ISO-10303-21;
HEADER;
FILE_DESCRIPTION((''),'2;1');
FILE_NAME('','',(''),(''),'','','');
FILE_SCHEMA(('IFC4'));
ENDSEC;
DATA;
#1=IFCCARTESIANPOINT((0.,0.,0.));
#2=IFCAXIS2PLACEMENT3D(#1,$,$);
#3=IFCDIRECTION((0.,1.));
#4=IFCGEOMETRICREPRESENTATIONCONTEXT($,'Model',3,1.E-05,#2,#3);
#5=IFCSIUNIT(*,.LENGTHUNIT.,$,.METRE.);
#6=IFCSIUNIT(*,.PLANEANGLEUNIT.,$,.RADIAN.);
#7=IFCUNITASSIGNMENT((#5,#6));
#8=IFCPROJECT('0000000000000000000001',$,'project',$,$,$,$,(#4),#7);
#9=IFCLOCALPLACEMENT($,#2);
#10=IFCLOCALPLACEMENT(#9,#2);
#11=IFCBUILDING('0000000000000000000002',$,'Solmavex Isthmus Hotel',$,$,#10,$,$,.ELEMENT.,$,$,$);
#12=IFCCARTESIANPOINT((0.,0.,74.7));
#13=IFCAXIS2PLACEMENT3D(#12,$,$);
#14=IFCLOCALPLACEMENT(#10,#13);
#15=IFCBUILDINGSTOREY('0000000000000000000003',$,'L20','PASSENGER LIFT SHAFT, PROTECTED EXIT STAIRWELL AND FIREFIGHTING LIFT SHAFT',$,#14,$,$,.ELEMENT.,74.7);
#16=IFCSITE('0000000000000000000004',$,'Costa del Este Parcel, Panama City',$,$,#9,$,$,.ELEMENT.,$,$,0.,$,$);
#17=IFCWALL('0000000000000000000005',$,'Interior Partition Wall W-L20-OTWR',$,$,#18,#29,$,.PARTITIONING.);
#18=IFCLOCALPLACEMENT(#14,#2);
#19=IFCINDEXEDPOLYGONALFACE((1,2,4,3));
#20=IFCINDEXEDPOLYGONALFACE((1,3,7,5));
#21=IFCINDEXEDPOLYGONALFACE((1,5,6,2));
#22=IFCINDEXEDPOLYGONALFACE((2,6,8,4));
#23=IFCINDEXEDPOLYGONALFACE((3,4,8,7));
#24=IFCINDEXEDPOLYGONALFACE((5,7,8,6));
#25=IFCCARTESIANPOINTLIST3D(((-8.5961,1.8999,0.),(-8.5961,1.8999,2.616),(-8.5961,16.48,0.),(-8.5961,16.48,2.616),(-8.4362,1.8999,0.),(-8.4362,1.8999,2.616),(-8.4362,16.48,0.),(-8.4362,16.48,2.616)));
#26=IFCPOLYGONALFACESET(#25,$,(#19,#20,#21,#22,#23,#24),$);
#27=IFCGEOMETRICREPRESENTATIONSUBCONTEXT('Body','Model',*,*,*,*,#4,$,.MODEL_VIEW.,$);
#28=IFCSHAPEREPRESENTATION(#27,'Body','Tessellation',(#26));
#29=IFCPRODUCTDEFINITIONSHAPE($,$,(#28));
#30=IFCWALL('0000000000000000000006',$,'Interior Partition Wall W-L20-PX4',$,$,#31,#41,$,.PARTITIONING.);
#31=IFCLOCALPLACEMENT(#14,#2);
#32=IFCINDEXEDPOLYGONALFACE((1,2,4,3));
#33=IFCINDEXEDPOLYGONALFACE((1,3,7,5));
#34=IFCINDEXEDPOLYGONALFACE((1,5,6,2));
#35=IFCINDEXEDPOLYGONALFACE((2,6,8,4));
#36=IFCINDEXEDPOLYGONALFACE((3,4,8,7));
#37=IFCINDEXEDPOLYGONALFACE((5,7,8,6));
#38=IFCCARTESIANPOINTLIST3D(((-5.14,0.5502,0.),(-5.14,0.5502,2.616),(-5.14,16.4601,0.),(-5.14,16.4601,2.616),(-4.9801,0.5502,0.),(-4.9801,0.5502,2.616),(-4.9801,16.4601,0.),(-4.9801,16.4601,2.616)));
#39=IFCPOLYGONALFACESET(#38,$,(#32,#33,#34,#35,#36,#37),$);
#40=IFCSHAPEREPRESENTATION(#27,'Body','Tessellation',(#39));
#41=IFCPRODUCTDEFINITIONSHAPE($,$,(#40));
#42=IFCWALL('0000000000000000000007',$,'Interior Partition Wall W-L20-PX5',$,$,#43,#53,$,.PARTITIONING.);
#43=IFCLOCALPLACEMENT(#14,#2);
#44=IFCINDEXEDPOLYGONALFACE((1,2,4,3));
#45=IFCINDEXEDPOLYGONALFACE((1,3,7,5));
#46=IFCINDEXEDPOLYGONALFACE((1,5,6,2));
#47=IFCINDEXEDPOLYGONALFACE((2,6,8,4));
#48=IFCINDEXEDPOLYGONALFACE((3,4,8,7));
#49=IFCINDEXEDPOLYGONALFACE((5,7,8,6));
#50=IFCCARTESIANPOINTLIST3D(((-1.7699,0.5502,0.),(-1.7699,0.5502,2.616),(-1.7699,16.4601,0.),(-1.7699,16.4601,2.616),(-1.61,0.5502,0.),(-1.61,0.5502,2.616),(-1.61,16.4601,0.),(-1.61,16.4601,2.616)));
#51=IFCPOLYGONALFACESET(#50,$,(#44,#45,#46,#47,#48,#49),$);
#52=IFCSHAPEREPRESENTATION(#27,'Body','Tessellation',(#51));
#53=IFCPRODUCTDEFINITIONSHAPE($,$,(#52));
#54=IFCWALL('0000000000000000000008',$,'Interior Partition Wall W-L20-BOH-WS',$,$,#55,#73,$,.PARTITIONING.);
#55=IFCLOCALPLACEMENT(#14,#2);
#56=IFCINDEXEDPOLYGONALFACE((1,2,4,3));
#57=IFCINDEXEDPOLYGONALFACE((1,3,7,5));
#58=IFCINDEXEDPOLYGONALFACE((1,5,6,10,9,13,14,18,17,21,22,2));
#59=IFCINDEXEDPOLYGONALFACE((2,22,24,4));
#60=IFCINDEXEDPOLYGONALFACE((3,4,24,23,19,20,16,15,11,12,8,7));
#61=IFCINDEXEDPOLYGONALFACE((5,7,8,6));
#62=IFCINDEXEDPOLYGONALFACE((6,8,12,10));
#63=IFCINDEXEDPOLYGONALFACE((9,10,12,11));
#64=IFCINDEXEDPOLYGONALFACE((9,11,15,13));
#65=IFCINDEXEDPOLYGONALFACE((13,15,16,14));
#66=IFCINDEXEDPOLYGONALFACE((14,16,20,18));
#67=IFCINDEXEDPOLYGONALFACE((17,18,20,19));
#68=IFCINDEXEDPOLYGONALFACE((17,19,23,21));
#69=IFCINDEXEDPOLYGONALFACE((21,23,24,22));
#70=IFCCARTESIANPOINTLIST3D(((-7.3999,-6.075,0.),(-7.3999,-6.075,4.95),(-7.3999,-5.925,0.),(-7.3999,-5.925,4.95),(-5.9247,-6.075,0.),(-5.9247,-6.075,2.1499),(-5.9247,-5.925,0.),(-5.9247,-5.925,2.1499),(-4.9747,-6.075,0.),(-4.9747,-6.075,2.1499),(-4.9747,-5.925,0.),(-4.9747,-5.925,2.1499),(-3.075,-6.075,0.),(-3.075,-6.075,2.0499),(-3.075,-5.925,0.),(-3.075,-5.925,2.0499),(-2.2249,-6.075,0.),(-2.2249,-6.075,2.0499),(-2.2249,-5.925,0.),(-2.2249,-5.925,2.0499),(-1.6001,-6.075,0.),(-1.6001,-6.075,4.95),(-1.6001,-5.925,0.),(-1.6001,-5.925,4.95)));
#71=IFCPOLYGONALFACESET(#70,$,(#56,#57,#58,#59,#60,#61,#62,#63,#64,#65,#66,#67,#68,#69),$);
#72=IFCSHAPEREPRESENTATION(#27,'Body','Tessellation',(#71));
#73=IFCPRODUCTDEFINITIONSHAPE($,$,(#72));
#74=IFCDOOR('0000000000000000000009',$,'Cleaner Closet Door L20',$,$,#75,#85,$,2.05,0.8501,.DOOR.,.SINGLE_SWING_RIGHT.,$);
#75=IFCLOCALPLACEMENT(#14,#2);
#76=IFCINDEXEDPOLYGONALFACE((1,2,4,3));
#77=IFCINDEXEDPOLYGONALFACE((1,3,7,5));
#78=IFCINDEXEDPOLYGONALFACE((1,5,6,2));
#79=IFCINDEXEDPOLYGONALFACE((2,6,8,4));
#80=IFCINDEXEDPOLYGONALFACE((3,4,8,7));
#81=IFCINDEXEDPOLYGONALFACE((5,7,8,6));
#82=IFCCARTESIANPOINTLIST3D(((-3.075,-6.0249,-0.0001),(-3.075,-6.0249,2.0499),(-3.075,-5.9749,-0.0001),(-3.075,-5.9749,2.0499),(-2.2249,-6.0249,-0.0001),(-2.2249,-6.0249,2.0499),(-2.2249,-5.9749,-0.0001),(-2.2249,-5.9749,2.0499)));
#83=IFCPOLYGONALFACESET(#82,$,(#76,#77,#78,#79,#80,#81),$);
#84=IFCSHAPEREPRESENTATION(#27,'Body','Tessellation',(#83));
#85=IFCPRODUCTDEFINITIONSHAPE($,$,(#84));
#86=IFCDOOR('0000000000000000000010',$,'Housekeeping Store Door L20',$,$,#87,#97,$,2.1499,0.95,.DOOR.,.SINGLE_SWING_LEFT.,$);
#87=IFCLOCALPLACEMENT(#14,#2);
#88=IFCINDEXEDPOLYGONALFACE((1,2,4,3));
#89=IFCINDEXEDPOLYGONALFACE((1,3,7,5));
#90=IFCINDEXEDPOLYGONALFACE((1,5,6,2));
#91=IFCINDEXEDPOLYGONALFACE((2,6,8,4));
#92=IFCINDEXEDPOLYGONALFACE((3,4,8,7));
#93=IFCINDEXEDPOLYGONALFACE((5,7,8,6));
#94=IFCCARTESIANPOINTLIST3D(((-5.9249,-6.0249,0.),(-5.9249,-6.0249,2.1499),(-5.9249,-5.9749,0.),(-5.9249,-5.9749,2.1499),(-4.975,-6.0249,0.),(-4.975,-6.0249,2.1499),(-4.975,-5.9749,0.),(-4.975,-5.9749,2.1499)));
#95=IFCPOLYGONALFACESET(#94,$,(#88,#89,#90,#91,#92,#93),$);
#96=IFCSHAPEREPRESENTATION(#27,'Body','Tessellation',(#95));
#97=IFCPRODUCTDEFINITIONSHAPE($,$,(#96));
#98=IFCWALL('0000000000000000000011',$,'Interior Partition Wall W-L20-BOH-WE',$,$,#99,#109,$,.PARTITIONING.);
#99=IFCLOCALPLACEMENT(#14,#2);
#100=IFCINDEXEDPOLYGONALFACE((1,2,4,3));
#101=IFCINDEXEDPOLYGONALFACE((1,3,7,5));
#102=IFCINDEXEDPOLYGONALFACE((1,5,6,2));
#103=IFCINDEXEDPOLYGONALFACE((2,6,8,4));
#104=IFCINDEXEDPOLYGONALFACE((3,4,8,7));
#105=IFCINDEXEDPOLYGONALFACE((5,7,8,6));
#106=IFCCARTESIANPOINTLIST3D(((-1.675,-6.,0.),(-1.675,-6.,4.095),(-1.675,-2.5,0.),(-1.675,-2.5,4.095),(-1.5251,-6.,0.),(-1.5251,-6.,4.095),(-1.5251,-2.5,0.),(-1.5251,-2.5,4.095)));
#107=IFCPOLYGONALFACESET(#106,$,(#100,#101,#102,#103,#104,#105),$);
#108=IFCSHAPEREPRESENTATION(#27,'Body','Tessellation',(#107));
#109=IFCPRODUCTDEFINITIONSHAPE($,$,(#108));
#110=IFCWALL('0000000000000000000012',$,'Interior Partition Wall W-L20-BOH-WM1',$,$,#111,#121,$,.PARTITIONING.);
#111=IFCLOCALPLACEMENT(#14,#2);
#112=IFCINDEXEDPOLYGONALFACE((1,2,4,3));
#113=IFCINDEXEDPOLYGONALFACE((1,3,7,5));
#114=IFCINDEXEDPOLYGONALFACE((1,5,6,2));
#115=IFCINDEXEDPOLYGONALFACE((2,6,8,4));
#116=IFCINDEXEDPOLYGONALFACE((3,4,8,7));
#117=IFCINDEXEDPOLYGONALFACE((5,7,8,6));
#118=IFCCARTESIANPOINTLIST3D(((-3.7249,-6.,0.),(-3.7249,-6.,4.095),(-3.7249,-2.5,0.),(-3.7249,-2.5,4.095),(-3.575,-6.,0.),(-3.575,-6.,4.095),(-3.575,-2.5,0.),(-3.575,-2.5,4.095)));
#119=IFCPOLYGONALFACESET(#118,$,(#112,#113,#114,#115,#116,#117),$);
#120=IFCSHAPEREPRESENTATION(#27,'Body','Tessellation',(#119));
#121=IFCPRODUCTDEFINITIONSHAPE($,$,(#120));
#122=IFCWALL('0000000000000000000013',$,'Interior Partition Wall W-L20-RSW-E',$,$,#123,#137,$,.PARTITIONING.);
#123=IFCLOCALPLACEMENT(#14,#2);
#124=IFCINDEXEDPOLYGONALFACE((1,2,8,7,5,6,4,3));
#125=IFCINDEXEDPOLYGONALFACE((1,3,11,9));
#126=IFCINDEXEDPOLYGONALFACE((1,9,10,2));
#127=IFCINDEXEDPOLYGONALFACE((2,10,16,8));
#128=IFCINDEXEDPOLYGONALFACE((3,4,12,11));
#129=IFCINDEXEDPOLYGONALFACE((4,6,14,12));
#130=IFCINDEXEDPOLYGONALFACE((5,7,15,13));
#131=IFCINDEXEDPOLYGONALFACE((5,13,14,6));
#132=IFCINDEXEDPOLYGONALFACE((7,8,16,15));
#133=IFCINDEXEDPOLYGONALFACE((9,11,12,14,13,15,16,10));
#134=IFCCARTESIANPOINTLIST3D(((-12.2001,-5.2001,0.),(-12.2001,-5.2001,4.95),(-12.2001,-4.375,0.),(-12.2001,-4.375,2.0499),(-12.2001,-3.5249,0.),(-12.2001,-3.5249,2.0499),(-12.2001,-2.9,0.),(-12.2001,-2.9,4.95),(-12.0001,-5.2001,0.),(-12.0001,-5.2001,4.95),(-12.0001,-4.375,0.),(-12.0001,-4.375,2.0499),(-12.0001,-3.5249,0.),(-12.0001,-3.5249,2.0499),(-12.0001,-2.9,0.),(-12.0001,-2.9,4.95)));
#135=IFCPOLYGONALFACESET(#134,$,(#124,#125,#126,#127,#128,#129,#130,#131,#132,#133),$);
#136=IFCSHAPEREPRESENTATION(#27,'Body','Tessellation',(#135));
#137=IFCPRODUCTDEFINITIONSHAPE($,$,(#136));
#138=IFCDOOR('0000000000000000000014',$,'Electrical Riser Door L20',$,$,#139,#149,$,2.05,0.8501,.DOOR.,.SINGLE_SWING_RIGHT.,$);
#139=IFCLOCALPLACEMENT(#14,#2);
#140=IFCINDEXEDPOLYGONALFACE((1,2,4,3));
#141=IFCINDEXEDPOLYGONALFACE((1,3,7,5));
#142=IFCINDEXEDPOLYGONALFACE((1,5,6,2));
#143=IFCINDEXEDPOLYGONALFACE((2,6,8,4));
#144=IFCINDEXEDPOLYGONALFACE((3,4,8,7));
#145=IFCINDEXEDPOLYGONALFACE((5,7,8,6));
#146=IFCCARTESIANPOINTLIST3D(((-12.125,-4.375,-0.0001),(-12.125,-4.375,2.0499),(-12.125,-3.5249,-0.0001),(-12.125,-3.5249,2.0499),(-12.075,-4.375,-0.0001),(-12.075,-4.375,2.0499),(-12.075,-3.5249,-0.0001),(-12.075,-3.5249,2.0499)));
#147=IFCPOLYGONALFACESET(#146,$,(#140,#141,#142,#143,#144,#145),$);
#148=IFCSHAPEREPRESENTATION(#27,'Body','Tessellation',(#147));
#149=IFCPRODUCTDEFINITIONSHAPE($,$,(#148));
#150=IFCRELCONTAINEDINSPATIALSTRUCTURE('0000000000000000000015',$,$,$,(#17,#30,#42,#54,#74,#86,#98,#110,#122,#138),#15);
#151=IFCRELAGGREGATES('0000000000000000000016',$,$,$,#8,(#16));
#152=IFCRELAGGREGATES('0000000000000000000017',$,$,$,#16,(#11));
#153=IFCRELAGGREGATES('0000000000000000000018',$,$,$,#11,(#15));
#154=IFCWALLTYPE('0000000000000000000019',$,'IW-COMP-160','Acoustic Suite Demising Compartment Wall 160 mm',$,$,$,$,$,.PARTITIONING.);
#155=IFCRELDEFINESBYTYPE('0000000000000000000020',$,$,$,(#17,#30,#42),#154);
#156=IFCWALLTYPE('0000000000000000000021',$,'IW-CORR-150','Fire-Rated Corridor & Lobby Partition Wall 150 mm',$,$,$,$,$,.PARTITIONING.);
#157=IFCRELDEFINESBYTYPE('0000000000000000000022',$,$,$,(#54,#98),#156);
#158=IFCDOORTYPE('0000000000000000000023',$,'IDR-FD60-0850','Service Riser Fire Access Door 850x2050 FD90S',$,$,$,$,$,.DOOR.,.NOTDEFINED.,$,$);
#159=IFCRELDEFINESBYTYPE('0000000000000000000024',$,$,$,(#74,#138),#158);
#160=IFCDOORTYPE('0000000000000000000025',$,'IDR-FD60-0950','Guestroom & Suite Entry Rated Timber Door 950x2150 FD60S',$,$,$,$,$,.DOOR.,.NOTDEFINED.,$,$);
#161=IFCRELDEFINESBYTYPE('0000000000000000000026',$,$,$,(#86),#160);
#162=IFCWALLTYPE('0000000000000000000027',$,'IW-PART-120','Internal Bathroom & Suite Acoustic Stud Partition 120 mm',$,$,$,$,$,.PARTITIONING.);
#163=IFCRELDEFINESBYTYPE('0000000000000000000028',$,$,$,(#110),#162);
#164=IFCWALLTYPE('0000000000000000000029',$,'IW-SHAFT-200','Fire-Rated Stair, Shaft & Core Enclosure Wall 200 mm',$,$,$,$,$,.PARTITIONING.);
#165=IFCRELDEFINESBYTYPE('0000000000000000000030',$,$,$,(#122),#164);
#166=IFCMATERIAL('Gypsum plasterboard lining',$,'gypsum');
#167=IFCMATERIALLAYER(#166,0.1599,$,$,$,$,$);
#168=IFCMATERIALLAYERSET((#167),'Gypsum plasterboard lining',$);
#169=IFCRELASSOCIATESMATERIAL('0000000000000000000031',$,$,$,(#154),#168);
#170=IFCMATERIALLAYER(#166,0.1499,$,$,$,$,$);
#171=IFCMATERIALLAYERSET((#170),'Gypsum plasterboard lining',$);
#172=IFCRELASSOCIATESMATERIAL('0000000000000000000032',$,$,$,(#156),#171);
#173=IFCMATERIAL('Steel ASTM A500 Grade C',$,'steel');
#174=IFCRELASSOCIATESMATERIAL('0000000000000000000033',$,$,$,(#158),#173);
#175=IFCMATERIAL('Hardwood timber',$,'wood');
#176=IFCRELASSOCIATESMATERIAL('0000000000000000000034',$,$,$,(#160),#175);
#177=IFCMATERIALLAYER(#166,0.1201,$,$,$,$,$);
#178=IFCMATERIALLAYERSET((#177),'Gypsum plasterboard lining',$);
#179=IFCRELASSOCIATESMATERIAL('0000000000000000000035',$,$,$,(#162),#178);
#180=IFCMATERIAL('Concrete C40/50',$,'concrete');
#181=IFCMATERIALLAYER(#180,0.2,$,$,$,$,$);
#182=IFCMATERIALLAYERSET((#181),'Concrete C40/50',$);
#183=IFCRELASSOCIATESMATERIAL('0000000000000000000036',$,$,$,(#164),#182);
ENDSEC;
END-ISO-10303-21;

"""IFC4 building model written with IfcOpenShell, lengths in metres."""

from ifc_helpers import new_model, si_unit, direction, frame, frame_2d, origin, place, context, subcontext, project, spatial, rectangle, extrude, material, layer, layer_set, type_object, element, fill, save


model = new_model("IFC4")

# Units and contexts
model_context = context("Model", 3, precision=1e-05, world=origin(), true_north=direction((0.0, 1.0)))
body_context = subcontext(model_context, "Body", "Model", "MODEL_VIEW")
ifc_project = project(units=[si_unit("LENGTHUNIT", "METRE"), si_unit("PLANEANGLEUNIT", "RADIAN")], contexts=[model_context])

# Site, building, storey
site_placement = place(None, origin())
site = spatial("IfcSite", under=ifc_project, at=site_placement, Name="Costa del Este Parcel, Panama City", CompositionType="ELEMENT", RefElevation=0.0)
building_placement = place(site_placement, origin())
building = spatial("IfcBuilding", under=site, at=building_placement, Name="Solmavex Isthmus Hotel", CompositionType="ELEMENT")
storey_placement = place(building_placement, frame((0.0, 0.0, 74.7)))
storey = spatial("IfcBuildingStorey", under=building, at=storey_placement, Name="L20", Description="PASSENGER LIFT SHAFT, PROTECTED EXIT STAIRWELL AND FIREFIGHTING LIFT SHAFT", CompositionType="ELEMENT", Elevation=74.7)

# Walls
ifc_material_1 = material(Name="Gypsum plasterboard lining", Category="gypsum")
ifc_layer_1 = layer(ifc_material_1, 0.1599)
ifc_layer_set_1 = layer_set([ifc_layer_1], Name="Gypsum plasterboard lining")
wall_type_1 = type_object("IfcWallType", Name="IW-COMP-160", Description="Acoustic Suite Demising Compartment Wall 160 mm", PredefinedType="PARTITIONING", material=ifc_layer_set_1)
for number, where, z_axis, x_axis, name in (
    (1, (-8.5161, 1.8999, 0.0), (0.0, 0.0, 1.0), (0.0, 1.0, 0.0), "Interior Partition Wall W-L20-OTWR"),
):
    element("IfcWall", number, at=place(storey_placement, frame(where, z_axis=z_axis, x_axis=x_axis)), inside=storey, type_object=wall_type_1, Name=name, PredefinedType="PARTITIONING", context=body_context, shape_type="SweptSolid", body=[
        extrude(rectangle(XDim=14.5801, YDim=0.1599, at=frame_2d((7.29, 0.0))), origin(), (0.0, 0.0, 1.0), 2.616),
    ])
for number, where, z_axis, x_axis, name in (
    (2, (-5.0601, 0.55, 0.0), (0.0, 0.0, 1.0), (0.0, 1.0, 0.0), "Interior Partition Wall W-L20-PX4"),
    (3, (-1.6899, 0.55, 0.0), (0.0, 0.0, 1.0), (0.0, 1.0, 0.0), "Interior Partition Wall W-L20-PX5"),
):
    element("IfcWall", number, at=place(storey_placement, frame(where, z_axis=z_axis, x_axis=x_axis)), inside=storey, type_object=wall_type_1, Name=name, PredefinedType="PARTITIONING", context=body_context, shape_type="SweptSolid", body=[
        extrude(rectangle(XDim=15.9099, YDim=0.1599, at=frame_2d((7.9551, 0.0))), origin(), (0.0, 0.0, 1.0), 2.616),
    ])

# Wall, openings, doors
ifc_layer_2 = layer(ifc_material_1, 0.1499)
ifc_layer_set_2 = layer_set([ifc_layer_2], Name="Gypsum plasterboard lining")
wall_type_2 = type_object("IfcWallType", Name="IW-CORR-150", Description="Fire-Rated Corridor & Lobby Partition Wall 150 mm", PredefinedType="PARTITIONING", material=ifc_layer_set_2)
wall_1_placement = place(storey_placement, frame((-7.3999, -6.0, 0.0), z_axis=(0.0, 0.0, 1.0), x_axis=(1.0, 0.0, 0.0)))
wall_1 = element("IfcWall", 4, at=wall_1_placement, inside=storey, type_object=wall_type_2, Name="Interior Partition Wall W-L20-BOH-WS", PredefinedType="PARTITIONING", context=body_context, shape_type="SweptSolid", body=[
    extrude(rectangle(XDim=5.7998, YDim=0.1499, at=frame_2d((2.8999, 0.0))), origin(), (0.0, 0.0, 1.0), 4.95),
])
opening_1_placement = place(wall_1_placement, frame((1.4751, 0.0, 0.0)))
opening_1 = element("IfcOpeningElement", 5, at=opening_1_placement, cuts=wall_1, PredefinedType="OPENING", context=body_context, shape_type="SweptSolid", body=[
    extrude(rectangle(XDim=0.95, YDim=2.1499, at=frame_2d((0.4751, 1.075))), frame((0.0, 0.085, 0.0), z_axis=(0.0, -1.0, 0.0), x_axis=(1.0, 0.0, 0.0)), (0.0, 0.0, 1.0), 0.1699),
])
opening_2_placement = place(wall_1_placement, frame((4.325, 0.0, 0.0)))
opening_2 = element("IfcOpeningElement", 6, at=opening_2_placement, cuts=wall_1, PredefinedType="OPENING", context=body_context, shape_type="SweptSolid", body=[
    extrude(rectangle(XDim=0.8501, YDim=2.05, at=frame_2d((0.425, 1.0249))), frame((0.0, 0.085, 0.0), z_axis=(0.0, -1.0, 0.0), x_axis=(1.0, 0.0, 0.0)), (0.0, 0.0, 1.0), 0.1699),
])
ifc_material_2 = material(Name="Steel ASTM A500 Grade C", Category="steel")
door_type_1 = type_object("IfcDoorType", Name="IDR-FD60-0850", Description="Service Riser Fire Access Door 850x2050 FD90S", OperationType="NOTDEFINED", PredefinedType="DOOR", material=ifc_material_2)
door_1_placement = place(opening_2_placement, frame((0.8501, 0.0, 0.0), z_axis=(0.0, 0.0, 1.0), x_axis=(-1.0, 0.0, 0.0)))
door_1 = element("IfcDoor", 7, at=door_1_placement, inside=storey, type_object=door_type_1, Name="Cleaner Closet Door L20", OperationType="SINGLE_SWING_RIGHT", OverallHeight=2.05, OverallWidth=0.8501, PredefinedType="DOOR", context=body_context, shape_type="SweptSolid", body=[
    extrude(rectangle(XDim=0.8501, YDim=2.05, at=frame_2d((0.425, 1.0249))), frame((0.0, 0.0249, 0.0), z_axis=(0.0, -1.0, 0.0), x_axis=(1.0, 0.0, 0.0)), (0.0, 0.0, 1.0), 0.05),
])
fill(opening_2, door_1)
ifc_material_3 = material(Name="Hardwood timber", Category="wood")
door_type_2 = type_object("IfcDoorType", Name="IDR-FD60-0950", Description="Guestroom & Suite Entry Rated Timber Door 950x2150 FD60S", OperationType="NOTDEFINED", PredefinedType="DOOR", material=ifc_material_3)
door_2_placement = place(opening_1_placement, frame((0.95, 0.0, 0.0), z_axis=(0.0, 0.0, 1.0), x_axis=(-1.0, 0.0, 0.0)))
door_2 = element("IfcDoor", 8, at=door_2_placement, inside=storey, type_object=door_type_2, Name="Housekeeping Store Door L20", OperationType="SINGLE_SWING_LEFT", OverallHeight=2.1499, OverallWidth=0.95, PredefinedType="DOOR", context=body_context, shape_type="SweptSolid", body=[
    extrude(rectangle(XDim=0.95, YDim=2.1499, at=frame_2d((0.4751, 1.075))), frame((0.0, 0.0249, 0.0), z_axis=(0.0, -1.0, 0.0), x_axis=(1.0, 0.0, 0.0)), (0.0, 0.0, 1.0), 0.05),
])
fill(opening_1, door_2)

# Walls
wall_2_placement = place(storey_placement, frame((-1.6001, -6.0, 0.0), z_axis=(0.0, 0.0, 1.0), x_axis=(0.0, 1.0, 0.0)))
element("IfcWall", 9, at=wall_2_placement, inside=storey, type_object=wall_type_2, Name="Interior Partition Wall W-L20-BOH-WE", PredefinedType="PARTITIONING", context=body_context, shape_type="SweptSolid", body=[
    extrude(rectangle(XDim=3.5, YDim=0.1499, at=frame_2d((1.75, 0.0))), origin(), (0.0, 0.0, 1.0), 4.095),
])
ifc_layer_3 = layer(ifc_material_1, 0.1201)
ifc_layer_set_3 = layer_set([ifc_layer_3], Name="Gypsum plasterboard lining")
wall_type_3 = type_object("IfcWallType", Name="IW-PART-120", Description="Internal Bathroom & Suite Acoustic Stud Partition 120 mm", PredefinedType="PARTITIONING", material=ifc_layer_set_3)
wall_3_placement = place(storey_placement, frame((-3.6499, -6.0, 0.0), z_axis=(0.0, 0.0, 1.0), x_axis=(0.0, 1.0, 0.0)))
element("IfcWall", 10, at=wall_3_placement, inside=storey, type_object=wall_type_3, Name="Interior Partition Wall W-L20-BOH-WM1", PredefinedType="PARTITIONING", context=body_context, shape_type="SweptSolid", body=[
    extrude(rectangle(XDim=3.5, YDim=0.1499, at=frame_2d((1.75, 0.0))), origin(), (0.0, 0.0, 1.0), 4.095),
])

# Wall, opening, door
ifc_material_4 = material(Name="Concrete C40/50", Category="concrete")
ifc_layer_4 = layer(ifc_material_4, 0.2)
ifc_layer_set_4 = layer_set([ifc_layer_4], Name="Concrete C40/50")
wall_type_4 = type_object("IfcWallType", Name="IW-SHAFT-200", Description="Fire-Rated Stair, Shaft & Core Enclosure Wall 200 mm", PredefinedType="PARTITIONING", material=ifc_layer_set_4)
wall_4_placement = place(storey_placement, frame((-12.1001, -5.2, 0.0), z_axis=(0.0, 0.0, 1.0), x_axis=(0.0, 1.0, 0.0)))
wall_4 = element("IfcWall", 11, at=wall_4_placement, inside=storey, type_object=wall_type_4, Name="Interior Partition Wall W-L20-RSW-E", PredefinedType="PARTITIONING", context=body_context, shape_type="SweptSolid", body=[
    extrude(rectangle(XDim=2.3, YDim=0.2, at=frame_2d((1.1499, 0.0))), origin(), (0.0, 0.0, 1.0), 4.95),
])
opening_3_placement = place(wall_4_placement, frame((0.825, 0.0, 0.0)))
opening_3 = element("IfcOpeningElement", 12, at=opening_3_placement, cuts=wall_4, PredefinedType="OPENING", context=body_context, shape_type="SweptSolid", body=[
    extrude(rectangle(XDim=0.8501, YDim=2.05, at=frame_2d((0.425, 1.0249))), frame((0.0, 0.1099, 0.0), z_axis=(0.0, -1.0, 0.0), x_axis=(1.0, 0.0, 0.0)), (0.0, 0.0, 1.0), 0.22),
])
door_3_placement = place(opening_3_placement, origin())
door_3 = element("IfcDoor", 13, at=door_3_placement, inside=storey, type_object=door_type_1, Name="Electrical Riser Door L20", OperationType="SINGLE_SWING_RIGHT", OverallHeight=2.05, OverallWidth=0.8501, PredefinedType="DOOR", context=body_context, shape_type="SweptSolid", body=[
    extrude(rectangle(XDim=0.8501, YDim=2.05, at=frame_2d((0.425, 1.0249))), frame((0.0, 0.0249, 0.0), z_axis=(0.0, -1.0, 0.0), x_axis=(1.0, 0.0, 0.0)), (0.0, 0.0, 1.0), 0.05),
])
fill(opening_3, door_3)

save(model, "model.ifc")
